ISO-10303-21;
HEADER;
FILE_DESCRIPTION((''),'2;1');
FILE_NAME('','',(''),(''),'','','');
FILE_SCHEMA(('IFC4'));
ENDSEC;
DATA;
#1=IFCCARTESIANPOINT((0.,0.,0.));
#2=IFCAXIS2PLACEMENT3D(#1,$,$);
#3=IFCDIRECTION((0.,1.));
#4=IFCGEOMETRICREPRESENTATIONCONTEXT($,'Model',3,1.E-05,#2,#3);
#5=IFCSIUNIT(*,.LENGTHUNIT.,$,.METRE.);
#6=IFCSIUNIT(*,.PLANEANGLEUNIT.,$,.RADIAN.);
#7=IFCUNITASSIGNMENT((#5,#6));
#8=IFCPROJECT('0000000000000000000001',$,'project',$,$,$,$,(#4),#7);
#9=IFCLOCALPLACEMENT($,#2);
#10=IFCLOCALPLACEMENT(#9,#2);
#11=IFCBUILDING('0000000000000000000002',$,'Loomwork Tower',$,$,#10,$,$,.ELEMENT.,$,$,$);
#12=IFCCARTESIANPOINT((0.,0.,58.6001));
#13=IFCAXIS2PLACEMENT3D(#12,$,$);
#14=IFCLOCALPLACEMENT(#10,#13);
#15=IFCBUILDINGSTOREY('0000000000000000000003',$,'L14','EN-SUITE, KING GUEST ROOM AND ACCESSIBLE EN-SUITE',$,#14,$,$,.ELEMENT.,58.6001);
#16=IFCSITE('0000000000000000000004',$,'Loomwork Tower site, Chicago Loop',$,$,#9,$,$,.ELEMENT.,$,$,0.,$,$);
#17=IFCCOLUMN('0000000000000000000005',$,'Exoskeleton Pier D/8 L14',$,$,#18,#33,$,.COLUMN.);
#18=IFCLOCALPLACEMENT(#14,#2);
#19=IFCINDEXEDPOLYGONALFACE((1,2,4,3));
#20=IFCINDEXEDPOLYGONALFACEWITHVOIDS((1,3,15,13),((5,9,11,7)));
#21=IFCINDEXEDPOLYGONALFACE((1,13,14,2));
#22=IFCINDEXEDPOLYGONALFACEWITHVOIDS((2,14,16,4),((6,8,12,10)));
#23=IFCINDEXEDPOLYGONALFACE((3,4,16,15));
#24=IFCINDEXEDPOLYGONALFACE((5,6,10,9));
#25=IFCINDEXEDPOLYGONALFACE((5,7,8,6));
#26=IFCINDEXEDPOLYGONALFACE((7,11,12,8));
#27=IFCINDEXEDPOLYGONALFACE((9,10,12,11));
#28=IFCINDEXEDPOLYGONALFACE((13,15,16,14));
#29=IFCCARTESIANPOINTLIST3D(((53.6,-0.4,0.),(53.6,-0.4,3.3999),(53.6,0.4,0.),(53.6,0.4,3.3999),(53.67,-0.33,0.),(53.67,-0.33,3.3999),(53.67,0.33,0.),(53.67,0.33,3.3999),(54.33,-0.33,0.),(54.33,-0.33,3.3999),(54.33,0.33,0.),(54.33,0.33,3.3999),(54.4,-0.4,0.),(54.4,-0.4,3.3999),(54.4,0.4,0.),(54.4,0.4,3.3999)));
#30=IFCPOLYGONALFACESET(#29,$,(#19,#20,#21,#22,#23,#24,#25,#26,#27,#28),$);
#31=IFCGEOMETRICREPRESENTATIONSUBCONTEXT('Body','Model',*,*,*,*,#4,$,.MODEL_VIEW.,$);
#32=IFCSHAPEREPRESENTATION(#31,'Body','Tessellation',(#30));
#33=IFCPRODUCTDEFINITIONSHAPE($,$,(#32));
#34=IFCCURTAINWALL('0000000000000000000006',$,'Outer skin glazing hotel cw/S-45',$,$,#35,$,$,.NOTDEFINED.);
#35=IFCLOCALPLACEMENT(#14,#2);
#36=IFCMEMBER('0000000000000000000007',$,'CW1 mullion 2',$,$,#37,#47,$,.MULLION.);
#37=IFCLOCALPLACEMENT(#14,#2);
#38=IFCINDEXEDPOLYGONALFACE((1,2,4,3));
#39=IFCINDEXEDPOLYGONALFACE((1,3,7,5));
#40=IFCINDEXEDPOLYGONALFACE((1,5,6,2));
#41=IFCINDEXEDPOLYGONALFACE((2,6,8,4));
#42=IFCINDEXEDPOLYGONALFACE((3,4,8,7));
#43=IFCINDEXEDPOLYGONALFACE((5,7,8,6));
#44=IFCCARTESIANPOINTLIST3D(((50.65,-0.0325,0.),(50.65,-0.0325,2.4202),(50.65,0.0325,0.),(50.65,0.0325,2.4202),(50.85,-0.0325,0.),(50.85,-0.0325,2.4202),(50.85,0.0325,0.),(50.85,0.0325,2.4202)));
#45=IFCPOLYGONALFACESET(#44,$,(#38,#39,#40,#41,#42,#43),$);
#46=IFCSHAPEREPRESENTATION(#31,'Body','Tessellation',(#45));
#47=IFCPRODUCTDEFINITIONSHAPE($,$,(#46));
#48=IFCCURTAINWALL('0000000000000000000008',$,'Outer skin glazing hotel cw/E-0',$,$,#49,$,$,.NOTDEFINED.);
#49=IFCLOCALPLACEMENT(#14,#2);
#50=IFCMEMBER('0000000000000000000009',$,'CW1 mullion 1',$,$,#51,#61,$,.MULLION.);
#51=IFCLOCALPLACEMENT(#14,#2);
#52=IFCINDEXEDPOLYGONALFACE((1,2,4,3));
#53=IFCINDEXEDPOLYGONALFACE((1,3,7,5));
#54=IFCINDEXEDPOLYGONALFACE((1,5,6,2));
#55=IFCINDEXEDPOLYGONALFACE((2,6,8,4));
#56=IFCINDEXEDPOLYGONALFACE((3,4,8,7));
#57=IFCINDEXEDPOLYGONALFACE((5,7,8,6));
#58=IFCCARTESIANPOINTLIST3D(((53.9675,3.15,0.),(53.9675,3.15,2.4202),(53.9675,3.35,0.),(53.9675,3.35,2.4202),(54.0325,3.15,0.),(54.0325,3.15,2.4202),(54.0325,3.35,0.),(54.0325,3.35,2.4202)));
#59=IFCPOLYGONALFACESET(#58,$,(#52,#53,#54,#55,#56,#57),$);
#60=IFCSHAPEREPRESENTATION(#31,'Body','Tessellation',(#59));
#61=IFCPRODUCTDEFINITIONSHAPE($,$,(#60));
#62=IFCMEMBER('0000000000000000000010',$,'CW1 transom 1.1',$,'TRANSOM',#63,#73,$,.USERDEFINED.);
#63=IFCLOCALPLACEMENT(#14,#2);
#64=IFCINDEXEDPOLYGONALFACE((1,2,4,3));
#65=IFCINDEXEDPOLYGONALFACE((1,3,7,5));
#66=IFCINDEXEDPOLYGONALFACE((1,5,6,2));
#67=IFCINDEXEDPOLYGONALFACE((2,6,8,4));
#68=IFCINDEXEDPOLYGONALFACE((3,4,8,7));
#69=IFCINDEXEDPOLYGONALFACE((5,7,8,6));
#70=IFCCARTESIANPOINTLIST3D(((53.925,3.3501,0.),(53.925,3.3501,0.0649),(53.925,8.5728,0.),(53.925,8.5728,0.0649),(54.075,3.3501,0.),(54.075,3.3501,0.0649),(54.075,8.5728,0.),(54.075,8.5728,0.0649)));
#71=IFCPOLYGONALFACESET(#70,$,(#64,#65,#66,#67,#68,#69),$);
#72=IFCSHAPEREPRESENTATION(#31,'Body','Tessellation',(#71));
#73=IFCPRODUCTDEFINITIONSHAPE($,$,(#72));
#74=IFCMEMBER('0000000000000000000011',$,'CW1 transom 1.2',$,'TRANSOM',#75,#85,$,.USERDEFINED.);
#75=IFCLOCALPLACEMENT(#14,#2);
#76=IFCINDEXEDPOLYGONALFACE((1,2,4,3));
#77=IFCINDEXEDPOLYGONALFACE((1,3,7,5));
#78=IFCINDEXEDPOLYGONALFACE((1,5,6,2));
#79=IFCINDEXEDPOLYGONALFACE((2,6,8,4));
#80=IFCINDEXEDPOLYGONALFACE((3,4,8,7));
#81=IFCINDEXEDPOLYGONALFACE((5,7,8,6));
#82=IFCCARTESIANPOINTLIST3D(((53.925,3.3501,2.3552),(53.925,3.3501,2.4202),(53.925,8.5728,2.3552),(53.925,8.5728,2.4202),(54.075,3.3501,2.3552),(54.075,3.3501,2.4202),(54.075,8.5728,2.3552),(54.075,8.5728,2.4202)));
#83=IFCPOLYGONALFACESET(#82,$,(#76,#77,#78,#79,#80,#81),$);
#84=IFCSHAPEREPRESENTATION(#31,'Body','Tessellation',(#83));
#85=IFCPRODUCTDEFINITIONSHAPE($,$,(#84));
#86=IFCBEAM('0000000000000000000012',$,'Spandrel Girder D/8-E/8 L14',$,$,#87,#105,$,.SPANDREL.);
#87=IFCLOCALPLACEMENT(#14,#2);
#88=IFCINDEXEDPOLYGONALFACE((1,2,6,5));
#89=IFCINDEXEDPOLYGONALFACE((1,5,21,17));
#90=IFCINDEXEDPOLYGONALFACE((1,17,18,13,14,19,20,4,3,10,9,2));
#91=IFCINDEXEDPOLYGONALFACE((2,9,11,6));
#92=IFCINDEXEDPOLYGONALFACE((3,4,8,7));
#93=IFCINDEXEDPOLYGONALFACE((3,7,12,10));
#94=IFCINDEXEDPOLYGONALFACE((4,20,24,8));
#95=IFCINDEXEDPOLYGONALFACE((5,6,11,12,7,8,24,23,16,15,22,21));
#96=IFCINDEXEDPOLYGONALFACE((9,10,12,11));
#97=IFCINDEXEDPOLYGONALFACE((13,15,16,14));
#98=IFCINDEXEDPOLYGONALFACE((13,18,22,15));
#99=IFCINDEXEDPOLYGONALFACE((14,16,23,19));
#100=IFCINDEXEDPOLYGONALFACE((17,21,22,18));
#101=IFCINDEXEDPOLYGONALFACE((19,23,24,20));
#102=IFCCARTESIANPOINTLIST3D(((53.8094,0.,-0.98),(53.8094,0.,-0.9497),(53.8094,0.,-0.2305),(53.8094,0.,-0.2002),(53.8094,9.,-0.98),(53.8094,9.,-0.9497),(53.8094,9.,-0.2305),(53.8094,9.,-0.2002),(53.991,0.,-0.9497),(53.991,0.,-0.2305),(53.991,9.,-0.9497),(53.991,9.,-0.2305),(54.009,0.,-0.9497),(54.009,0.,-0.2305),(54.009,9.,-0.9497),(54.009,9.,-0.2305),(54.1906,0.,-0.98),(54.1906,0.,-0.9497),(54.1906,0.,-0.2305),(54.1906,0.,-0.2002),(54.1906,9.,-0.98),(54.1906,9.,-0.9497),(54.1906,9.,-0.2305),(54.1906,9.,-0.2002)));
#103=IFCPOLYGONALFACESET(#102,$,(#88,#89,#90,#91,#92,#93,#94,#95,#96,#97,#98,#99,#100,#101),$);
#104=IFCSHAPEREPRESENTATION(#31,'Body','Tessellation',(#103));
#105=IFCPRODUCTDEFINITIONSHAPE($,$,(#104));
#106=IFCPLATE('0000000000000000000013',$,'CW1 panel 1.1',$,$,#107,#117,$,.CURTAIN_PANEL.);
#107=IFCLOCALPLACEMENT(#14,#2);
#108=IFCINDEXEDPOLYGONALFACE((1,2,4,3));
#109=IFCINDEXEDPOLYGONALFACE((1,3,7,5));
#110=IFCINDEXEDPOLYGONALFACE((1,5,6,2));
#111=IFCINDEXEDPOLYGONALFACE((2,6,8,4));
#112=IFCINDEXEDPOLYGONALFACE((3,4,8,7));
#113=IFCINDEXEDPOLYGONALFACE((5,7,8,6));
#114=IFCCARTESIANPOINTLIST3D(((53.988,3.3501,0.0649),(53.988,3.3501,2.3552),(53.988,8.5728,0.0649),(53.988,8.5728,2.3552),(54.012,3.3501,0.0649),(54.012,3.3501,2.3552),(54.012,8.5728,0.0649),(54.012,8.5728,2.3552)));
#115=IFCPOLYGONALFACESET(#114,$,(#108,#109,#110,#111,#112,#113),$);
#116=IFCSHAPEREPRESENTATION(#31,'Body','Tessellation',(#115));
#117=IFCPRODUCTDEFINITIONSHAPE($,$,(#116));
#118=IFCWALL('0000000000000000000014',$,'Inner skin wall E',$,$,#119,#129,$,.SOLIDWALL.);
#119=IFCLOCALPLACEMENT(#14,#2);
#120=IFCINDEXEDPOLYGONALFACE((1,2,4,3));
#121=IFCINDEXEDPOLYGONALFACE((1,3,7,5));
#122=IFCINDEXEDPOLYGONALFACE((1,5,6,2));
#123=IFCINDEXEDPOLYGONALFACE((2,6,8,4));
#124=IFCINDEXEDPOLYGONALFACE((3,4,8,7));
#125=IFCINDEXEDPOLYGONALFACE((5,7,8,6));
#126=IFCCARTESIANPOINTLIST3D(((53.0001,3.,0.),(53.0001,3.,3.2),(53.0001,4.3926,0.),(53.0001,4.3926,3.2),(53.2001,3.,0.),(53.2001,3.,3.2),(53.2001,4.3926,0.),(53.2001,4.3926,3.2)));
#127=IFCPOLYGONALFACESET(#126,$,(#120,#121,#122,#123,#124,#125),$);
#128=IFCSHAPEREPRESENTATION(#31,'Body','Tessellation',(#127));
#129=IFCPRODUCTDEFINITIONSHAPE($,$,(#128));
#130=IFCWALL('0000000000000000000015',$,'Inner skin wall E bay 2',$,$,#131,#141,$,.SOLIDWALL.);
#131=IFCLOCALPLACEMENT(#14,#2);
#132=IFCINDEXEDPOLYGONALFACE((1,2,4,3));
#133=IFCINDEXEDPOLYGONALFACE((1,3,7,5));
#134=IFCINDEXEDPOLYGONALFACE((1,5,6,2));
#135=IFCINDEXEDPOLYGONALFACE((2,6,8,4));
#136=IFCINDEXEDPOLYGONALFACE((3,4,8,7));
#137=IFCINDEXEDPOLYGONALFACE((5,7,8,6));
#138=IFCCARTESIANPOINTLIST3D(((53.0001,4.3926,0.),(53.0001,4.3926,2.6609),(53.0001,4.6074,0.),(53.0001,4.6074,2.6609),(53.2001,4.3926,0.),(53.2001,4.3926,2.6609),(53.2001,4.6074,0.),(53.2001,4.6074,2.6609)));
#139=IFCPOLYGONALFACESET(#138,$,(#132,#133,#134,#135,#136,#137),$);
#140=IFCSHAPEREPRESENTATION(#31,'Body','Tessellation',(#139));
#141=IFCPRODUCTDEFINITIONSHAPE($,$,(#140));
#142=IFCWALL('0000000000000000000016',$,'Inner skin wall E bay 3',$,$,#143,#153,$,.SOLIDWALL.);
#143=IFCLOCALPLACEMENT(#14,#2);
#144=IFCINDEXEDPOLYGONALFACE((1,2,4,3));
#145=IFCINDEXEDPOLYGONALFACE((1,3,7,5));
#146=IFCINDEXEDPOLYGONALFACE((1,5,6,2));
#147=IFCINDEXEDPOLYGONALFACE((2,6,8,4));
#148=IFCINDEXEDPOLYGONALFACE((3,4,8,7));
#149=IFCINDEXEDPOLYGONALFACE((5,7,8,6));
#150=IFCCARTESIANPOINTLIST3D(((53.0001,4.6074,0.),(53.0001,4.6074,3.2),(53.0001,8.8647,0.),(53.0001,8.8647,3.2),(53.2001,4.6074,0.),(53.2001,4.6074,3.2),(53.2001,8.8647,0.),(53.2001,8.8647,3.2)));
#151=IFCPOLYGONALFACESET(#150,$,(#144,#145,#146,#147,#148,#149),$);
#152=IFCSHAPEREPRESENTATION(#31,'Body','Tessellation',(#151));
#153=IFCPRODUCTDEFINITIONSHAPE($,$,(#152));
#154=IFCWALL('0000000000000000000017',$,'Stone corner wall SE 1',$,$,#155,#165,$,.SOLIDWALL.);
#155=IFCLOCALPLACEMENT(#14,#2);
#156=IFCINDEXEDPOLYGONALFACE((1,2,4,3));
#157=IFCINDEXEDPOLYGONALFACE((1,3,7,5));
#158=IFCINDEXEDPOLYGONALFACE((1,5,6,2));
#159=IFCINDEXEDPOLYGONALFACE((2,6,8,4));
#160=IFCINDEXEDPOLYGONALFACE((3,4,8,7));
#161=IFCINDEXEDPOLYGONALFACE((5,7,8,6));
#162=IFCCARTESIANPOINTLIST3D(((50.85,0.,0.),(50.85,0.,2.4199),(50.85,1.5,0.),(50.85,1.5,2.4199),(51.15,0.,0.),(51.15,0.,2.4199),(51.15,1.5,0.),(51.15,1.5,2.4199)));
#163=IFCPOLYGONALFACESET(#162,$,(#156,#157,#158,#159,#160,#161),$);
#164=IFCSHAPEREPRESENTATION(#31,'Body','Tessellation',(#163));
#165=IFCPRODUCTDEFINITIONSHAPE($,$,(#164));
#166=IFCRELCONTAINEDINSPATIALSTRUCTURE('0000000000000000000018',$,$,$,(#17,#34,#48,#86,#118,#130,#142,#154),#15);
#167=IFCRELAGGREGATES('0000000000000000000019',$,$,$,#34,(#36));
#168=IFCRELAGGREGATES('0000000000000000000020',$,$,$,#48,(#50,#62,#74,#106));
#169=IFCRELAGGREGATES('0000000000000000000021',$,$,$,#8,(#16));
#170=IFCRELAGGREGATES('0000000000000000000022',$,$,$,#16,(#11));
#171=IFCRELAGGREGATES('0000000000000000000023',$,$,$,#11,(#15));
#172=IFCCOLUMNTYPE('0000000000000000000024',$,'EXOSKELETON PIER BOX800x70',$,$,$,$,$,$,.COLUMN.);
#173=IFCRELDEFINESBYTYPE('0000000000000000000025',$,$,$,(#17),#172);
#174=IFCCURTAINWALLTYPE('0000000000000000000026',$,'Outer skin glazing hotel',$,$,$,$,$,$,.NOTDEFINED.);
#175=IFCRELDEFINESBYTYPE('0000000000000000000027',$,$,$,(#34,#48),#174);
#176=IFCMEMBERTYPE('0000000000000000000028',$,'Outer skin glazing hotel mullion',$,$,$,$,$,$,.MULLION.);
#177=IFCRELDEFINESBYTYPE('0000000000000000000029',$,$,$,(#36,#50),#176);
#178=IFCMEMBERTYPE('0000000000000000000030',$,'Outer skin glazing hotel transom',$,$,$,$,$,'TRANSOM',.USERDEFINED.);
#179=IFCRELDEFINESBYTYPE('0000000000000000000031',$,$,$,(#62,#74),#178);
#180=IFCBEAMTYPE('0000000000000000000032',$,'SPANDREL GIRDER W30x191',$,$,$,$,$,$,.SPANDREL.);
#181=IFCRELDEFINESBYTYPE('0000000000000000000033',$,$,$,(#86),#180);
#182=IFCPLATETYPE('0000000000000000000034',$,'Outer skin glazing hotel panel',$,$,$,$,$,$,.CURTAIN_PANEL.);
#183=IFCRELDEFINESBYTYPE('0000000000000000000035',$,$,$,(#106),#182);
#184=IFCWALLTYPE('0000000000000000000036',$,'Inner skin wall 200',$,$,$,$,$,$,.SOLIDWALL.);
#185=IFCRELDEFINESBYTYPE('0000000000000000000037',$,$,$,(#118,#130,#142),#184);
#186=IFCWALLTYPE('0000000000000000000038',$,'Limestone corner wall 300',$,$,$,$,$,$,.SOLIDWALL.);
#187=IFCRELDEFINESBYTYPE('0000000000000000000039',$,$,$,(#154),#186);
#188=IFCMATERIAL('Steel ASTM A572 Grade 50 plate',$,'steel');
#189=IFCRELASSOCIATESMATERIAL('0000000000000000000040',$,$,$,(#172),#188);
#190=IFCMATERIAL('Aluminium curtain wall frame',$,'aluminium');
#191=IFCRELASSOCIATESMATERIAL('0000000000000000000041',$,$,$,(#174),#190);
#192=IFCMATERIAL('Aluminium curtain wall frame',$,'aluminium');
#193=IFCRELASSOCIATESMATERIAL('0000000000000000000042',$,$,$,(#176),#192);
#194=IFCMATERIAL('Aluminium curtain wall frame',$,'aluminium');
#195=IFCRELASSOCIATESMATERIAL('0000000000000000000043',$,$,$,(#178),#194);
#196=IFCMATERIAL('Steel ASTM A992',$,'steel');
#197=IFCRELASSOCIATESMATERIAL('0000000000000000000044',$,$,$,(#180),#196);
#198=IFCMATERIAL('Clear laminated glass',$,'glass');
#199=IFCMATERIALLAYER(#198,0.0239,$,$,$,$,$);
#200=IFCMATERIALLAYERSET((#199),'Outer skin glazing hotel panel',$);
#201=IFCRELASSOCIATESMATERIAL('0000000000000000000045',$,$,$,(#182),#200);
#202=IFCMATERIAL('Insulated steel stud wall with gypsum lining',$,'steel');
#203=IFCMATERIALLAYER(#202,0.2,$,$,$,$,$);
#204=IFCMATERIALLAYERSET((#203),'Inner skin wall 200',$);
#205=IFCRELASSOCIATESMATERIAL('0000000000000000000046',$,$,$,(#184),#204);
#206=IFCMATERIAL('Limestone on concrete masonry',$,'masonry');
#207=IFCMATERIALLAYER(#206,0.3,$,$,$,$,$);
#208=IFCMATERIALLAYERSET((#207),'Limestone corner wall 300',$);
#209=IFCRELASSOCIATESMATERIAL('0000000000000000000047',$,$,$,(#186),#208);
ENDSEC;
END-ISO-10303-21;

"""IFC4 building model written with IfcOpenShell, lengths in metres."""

from ifc_helpers import new_model, si_unit, direction, frame, frame_2d, origin, origin_2d, place, context, subcontext, project, spatial, rectangle, hollow_rectangle, i_section, extrude, material, layer, layer_set, material_profile, profile_set, type_object, element, aggregate, save


model = new_model("IFC4")

# Units and contexts
model_context = context("Model", 3, precision=1e-05, world=origin(), true_north=direction((0.0, 1.0)))
body_context = subcontext(model_context, "Body", "Model", "MODEL_VIEW")
ifc_project = project(units=[si_unit("LENGTHUNIT", "METRE"), si_unit("PLANEANGLEUNIT", "RADIAN")], contexts=[model_context])

# Site, building, storey
site_placement = place(None, origin())
site = spatial("IfcSite", under=ifc_project, at=site_placement, Name="Loomwork Tower site, Chicago Loop", CompositionType="ELEMENT", RefElevation=0.0)
building_placement = place(site_placement, origin())
building = spatial("IfcBuilding", under=site, at=building_placement, Name="Loomwork Tower", CompositionType="ELEMENT")
storey_placement = place(building_placement, frame((0.0, 0.0, 58.6001)))
storey = spatial("IfcBuildingStorey", under=building, at=storey_placement, Name="L14", Description="EN-SUITE, KING GUEST ROOM AND ACCESSIBLE EN-SUITE", CompositionType="ELEMENT", Elevation=58.6001)

# Column
ifc_material_1 = material(Name="Steel ASTM A572 Grade 50 plate", Category="steel")
ifc_material_profile_1 = material_profile(ifc_material_1, hollow_rectangle(XDim=0.8, YDim=0.8, WallThickness=0.0701, at=origin_2d()), Name="BOX800x70")
ifc_profile_set_1 = profile_set([ifc_material_profile_1], Name="Steel ASTM A572 Grade 50 plate")
column_type = type_object("IfcColumnType", Name="EXOSKELETON PIER BOX800x70", PredefinedType="COLUMN", material=ifc_profile_set_1)
column_placement = place(storey_placement, frame((54.0, 0.0, 0.0), z_axis=(0.0, 0.0, 1.0), x_axis=(1.0, 0.0, 0.0)))
element("IfcColumn", 1, at=column_placement, inside=storey, type_object=column_type, Name="Exoskeleton Pier D/8 L14", PredefinedType="COLUMN", context=body_context, shape_type="SweptSolid", body=[
    extrude(hollow_rectangle(XDim=0.8, YDim=0.8, WallThickness=0.0701, at=origin_2d()), origin(), (0.0, 0.0, 1.0), 3.3999),
])

# Curtain wall, member
ifc_material_2 = material(Name="Aluminium curtain wall frame", Category="aluminium")
curtain_wall_type = type_object("IfcCurtainWallType", Name="Outer skin glazing hotel", PredefinedType="NOTDEFINED", material=ifc_material_2)
curtain_wall_1_placement = place(storey_placement, origin())
curtain_wall_1 = element("IfcCurtainWall", 2, at=curtain_wall_1_placement, inside=storey, type_object=curtain_wall_type, Name="Outer skin glazing hotel cw/S-45", PredefinedType="NOTDEFINED")
ifc_material_3 = material(Name="Aluminium curtain wall frame", Category="aluminium")
ifc_material_profile_2 = material_profile(ifc_material_3, rectangle(XDim=0.0649, YDim=0.2, at=origin_2d()), Name="AL 65x200")
ifc_profile_set_2 = profile_set([ifc_material_profile_2], Name="Aluminium curtain wall frame")
member_type_1 = type_object("IfcMemberType", Name="Outer skin glazing hotel mullion", PredefinedType="MULLION", material=ifc_profile_set_2)
member_1_placement = place(storey_placement, frame((50.75, 0.0, 0.0), z_axis=(0.0, 0.0, 1.0), x_axis=(0.0, 1.0, 0.0)))
member_1 = element("IfcMember", 3, at=member_1_placement, type_object=member_type_1, Name="CW1 mullion 2", PredefinedType="MULLION", context=body_context, shape_type="SweptSolid", body=[
    extrude(rectangle(XDim=0.0649, YDim=0.2, at=origin_2d()), origin(), (0.0, 0.0, 1.0), 2.4202),
])
aggregate(curtain_wall_1, [member_1])

# Curtain wall, members
curtain_wall_2_placement = place(storey_placement, origin())
curtain_wall_2 = element("IfcCurtainWall", 4, at=curtain_wall_2_placement, inside=storey, type_object=curtain_wall_type, Name="Outer skin glazing hotel cw/E-0", PredefinedType="NOTDEFINED")
member_2_placement = place(storey_placement, frame((54.0, 3.25, 0.0), z_axis=(0.0, 0.0, 1.0), x_axis=(-1.0, 0.0, 0.0)))
member_2 = element("IfcMember", 5, at=member_2_placement, type_object=member_type_1, Name="CW1 mullion 1", PredefinedType="MULLION", context=body_context, shape_type="SweptSolid", body=[
    extrude(rectangle(XDim=0.0649, YDim=0.2, at=origin_2d()), origin(), (0.0, 0.0, 1.0), 2.4202),
])
ifc_material_4 = material(Name="Aluminium curtain wall frame", Category="aluminium")
ifc_material_profile_3 = material_profile(ifc_material_4, rectangle(XDim=0.1499, YDim=0.0649, at=origin_2d()), Name="AL 65x150")
ifc_profile_set_3 = profile_set([ifc_material_profile_3], Name="Aluminium curtain wall frame")
member_type_2 = type_object("IfcMemberType", Name="Outer skin glazing hotel transom", ElementType="TRANSOM", PredefinedType="USERDEFINED", material=ifc_profile_set_3)
member_3_placement = place(storey_placement, frame((54.0, 3.3501, 0.0325), z_axis=(0.0, 1.0, 0.0), x_axis=(-1.0, 0.0, 0.0)))
member_3 = element("IfcMember", 6, at=member_3_placement, type_object=member_type_2, Name="CW1 transom 1.1", ObjectType="TRANSOM", PredefinedType="USERDEFINED", context=body_context, shape_type="SweptSolid", body=[
    extrude(rectangle(XDim=0.1499, YDim=0.0649, at=origin_2d()), origin(), (0.0, 0.0, 1.0), 5.2227),
])
member_4_placement = place(storey_placement, frame((54.0, 3.3501, 2.3877), z_axis=(0.0, 1.0, 0.0), x_axis=(-1.0, 0.0, 0.0)))
member_4 = element("IfcMember", 7, at=member_4_placement, type_object=member_type_2, Name="CW1 transom 1.2", ObjectType="TRANSOM", PredefinedType="USERDEFINED", context=body_context, shape_type="SweptSolid", body=[
    extrude(rectangle(XDim=0.1499, YDim=0.0649, at=origin_2d()), origin(), (0.0, 0.0, 1.0), 5.2227),
])

# Beam
ifc_material_5 = material(Name="Steel ASTM A992", Category="steel")
ifc_material_profile_4 = material_profile(ifc_material_5, i_section(OverallWidth=0.3811, OverallDepth=0.7798, WebThickness=0.0181, FlangeThickness=0.0303, at=origin_2d()), Name="W30x191")
ifc_profile_set_4 = profile_set([ifc_material_profile_4], Name="Steel ASTM A992")
beam_type = type_object("IfcBeamType", Name="SPANDREL GIRDER W30x191", PredefinedType="SPANDREL", material=ifc_profile_set_4)
beam_placement = place(storey_placement, frame((54.0, 0.0, -0.5901), z_axis=(0.0, 1.0, 0.0), x_axis=(-1.0, 0.0, 0.0)))
element("IfcBeam", 8, at=beam_placement, inside=storey, type_object=beam_type, Name="Spandrel Girder D/8-E/8 L14", PredefinedType="SPANDREL", context=body_context, shape_type="SweptSolid", body=[
    extrude(i_section(OverallWidth=0.3811, OverallDepth=0.7798, WebThickness=0.0181, FlangeThickness=0.0303, at=origin_2d()), origin(), (0.0, 0.0, 1.0), 9.0),
])

# Plate
ifc_material_6 = material(Name="Clear laminated glass", Category="glass")
ifc_layer_1 = layer(ifc_material_6, 0.0239)
ifc_layer_set_1 = layer_set([ifc_layer_1], Name="Outer skin glazing hotel panel")
plate_type = type_object("IfcPlateType", Name="Outer skin glazing hotel panel", PredefinedType="CURTAIN_PANEL", material=ifc_layer_set_1)
plate_placement = place(storey_placement, frame((54.0, 5.9614, 0.0649), z_axis=(0.0, 0.0, 1.0), x_axis=(0.0, 1.0, 0.0)))
plate = element("IfcPlate", 9, at=plate_placement, type_object=plate_type, Name="CW1 panel 1.1", PredefinedType="CURTAIN_PANEL", context=body_context, shape_type="SweptSolid", body=[
    extrude(rectangle(XDim=5.2227, YDim=0.0239, at=origin_2d()), origin(), (0.0, 0.0, 1.0), 2.2903),
])
aggregate(curtain_wall_2, [member_2, member_3, member_4, plate])

# Walls
ifc_material_7 = material(Name="Insulated steel stud wall with gypsum lining", Category="steel")
ifc_layer_2 = layer(ifc_material_7, 0.2)
ifc_layer_set_2 = layer_set([ifc_layer_2], Name="Inner skin wall 200")
wall_type_1 = type_object("IfcWallType", Name="Inner skin wall 200", PredefinedType="SOLIDWALL", material=ifc_layer_set_2)
wall_1_placement = place(storey_placement, frame((53.1001, 3.0, 0.0), z_axis=(0.0, 0.0, 1.0), x_axis=(0.0, 1.0, 0.0)))
element("IfcWall", 10, at=wall_1_placement, inside=storey, type_object=wall_type_1, Name="Inner skin wall E", PredefinedType="SOLIDWALL", context=body_context, shape_type="SweptSolid", body=[
    extrude(rectangle(XDim=1.3926, YDim=0.2, at=frame_2d((0.6963, 0.0))), origin(), (0.0, 0.0, 1.0), 3.2),
])
wall_2_placement = place(storey_placement, frame((53.1001, 4.3926, 0.0), z_axis=(0.0, 0.0, 1.0), x_axis=(0.0, 1.0, 0.0)))
element("IfcWall", 11, at=wall_2_placement, inside=storey, type_object=wall_type_1, Name="Inner skin wall E bay 2", PredefinedType="SOLIDWALL", context=body_context, shape_type="SweptSolid", body=[
    extrude(rectangle(XDim=0.2148, YDim=0.2, at=frame_2d((0.1074, 0.0))), origin(), (0.0, 0.0, 1.0), 2.6609),
])
wall_3_placement = place(storey_placement, frame((53.1001, 4.6074, 0.0), z_axis=(0.0, 0.0, 1.0), x_axis=(0.0, 1.0, 0.0)))
element("IfcWall", 12, at=wall_3_placement, inside=storey, type_object=wall_type_1, Name="Inner skin wall E bay 3", PredefinedType="SOLIDWALL", context=body_context, shape_type="SweptSolid", body=[
    extrude(rectangle(XDim=4.2573, YDim=0.2, at=frame_2d((2.1287, 0.0))), origin(), (0.0, 0.0, 1.0), 3.2),
])
ifc_material_8 = material(Name="Limestone on concrete masonry", Category="masonry")
ifc_layer_3 = layer(ifc_material_8, 0.3)
ifc_layer_set_3 = layer_set([ifc_layer_3], Name="Limestone corner wall 300")
wall_type_2 = type_object("IfcWallType", Name="Limestone corner wall 300", PredefinedType="SOLIDWALL", material=ifc_layer_set_3)
wall_4_placement = place(storey_placement, frame((51.0, 0.0, 0.0), z_axis=(0.0, 0.0, 1.0), x_axis=(0.0, 1.0, 0.0)))
element("IfcWall", 13, at=wall_4_placement, inside=storey, type_object=wall_type_2, Name="Stone corner wall SE 1", PredefinedType="SOLIDWALL", context=body_context, shape_type="SweptSolid", body=[
    extrude(rectangle(XDim=1.5, YDim=0.3, at=frame_2d((0.75, 0.0))), origin(), (0.0, 0.0, 1.0), 2.4199),
])

save(model, "model.ifc")
